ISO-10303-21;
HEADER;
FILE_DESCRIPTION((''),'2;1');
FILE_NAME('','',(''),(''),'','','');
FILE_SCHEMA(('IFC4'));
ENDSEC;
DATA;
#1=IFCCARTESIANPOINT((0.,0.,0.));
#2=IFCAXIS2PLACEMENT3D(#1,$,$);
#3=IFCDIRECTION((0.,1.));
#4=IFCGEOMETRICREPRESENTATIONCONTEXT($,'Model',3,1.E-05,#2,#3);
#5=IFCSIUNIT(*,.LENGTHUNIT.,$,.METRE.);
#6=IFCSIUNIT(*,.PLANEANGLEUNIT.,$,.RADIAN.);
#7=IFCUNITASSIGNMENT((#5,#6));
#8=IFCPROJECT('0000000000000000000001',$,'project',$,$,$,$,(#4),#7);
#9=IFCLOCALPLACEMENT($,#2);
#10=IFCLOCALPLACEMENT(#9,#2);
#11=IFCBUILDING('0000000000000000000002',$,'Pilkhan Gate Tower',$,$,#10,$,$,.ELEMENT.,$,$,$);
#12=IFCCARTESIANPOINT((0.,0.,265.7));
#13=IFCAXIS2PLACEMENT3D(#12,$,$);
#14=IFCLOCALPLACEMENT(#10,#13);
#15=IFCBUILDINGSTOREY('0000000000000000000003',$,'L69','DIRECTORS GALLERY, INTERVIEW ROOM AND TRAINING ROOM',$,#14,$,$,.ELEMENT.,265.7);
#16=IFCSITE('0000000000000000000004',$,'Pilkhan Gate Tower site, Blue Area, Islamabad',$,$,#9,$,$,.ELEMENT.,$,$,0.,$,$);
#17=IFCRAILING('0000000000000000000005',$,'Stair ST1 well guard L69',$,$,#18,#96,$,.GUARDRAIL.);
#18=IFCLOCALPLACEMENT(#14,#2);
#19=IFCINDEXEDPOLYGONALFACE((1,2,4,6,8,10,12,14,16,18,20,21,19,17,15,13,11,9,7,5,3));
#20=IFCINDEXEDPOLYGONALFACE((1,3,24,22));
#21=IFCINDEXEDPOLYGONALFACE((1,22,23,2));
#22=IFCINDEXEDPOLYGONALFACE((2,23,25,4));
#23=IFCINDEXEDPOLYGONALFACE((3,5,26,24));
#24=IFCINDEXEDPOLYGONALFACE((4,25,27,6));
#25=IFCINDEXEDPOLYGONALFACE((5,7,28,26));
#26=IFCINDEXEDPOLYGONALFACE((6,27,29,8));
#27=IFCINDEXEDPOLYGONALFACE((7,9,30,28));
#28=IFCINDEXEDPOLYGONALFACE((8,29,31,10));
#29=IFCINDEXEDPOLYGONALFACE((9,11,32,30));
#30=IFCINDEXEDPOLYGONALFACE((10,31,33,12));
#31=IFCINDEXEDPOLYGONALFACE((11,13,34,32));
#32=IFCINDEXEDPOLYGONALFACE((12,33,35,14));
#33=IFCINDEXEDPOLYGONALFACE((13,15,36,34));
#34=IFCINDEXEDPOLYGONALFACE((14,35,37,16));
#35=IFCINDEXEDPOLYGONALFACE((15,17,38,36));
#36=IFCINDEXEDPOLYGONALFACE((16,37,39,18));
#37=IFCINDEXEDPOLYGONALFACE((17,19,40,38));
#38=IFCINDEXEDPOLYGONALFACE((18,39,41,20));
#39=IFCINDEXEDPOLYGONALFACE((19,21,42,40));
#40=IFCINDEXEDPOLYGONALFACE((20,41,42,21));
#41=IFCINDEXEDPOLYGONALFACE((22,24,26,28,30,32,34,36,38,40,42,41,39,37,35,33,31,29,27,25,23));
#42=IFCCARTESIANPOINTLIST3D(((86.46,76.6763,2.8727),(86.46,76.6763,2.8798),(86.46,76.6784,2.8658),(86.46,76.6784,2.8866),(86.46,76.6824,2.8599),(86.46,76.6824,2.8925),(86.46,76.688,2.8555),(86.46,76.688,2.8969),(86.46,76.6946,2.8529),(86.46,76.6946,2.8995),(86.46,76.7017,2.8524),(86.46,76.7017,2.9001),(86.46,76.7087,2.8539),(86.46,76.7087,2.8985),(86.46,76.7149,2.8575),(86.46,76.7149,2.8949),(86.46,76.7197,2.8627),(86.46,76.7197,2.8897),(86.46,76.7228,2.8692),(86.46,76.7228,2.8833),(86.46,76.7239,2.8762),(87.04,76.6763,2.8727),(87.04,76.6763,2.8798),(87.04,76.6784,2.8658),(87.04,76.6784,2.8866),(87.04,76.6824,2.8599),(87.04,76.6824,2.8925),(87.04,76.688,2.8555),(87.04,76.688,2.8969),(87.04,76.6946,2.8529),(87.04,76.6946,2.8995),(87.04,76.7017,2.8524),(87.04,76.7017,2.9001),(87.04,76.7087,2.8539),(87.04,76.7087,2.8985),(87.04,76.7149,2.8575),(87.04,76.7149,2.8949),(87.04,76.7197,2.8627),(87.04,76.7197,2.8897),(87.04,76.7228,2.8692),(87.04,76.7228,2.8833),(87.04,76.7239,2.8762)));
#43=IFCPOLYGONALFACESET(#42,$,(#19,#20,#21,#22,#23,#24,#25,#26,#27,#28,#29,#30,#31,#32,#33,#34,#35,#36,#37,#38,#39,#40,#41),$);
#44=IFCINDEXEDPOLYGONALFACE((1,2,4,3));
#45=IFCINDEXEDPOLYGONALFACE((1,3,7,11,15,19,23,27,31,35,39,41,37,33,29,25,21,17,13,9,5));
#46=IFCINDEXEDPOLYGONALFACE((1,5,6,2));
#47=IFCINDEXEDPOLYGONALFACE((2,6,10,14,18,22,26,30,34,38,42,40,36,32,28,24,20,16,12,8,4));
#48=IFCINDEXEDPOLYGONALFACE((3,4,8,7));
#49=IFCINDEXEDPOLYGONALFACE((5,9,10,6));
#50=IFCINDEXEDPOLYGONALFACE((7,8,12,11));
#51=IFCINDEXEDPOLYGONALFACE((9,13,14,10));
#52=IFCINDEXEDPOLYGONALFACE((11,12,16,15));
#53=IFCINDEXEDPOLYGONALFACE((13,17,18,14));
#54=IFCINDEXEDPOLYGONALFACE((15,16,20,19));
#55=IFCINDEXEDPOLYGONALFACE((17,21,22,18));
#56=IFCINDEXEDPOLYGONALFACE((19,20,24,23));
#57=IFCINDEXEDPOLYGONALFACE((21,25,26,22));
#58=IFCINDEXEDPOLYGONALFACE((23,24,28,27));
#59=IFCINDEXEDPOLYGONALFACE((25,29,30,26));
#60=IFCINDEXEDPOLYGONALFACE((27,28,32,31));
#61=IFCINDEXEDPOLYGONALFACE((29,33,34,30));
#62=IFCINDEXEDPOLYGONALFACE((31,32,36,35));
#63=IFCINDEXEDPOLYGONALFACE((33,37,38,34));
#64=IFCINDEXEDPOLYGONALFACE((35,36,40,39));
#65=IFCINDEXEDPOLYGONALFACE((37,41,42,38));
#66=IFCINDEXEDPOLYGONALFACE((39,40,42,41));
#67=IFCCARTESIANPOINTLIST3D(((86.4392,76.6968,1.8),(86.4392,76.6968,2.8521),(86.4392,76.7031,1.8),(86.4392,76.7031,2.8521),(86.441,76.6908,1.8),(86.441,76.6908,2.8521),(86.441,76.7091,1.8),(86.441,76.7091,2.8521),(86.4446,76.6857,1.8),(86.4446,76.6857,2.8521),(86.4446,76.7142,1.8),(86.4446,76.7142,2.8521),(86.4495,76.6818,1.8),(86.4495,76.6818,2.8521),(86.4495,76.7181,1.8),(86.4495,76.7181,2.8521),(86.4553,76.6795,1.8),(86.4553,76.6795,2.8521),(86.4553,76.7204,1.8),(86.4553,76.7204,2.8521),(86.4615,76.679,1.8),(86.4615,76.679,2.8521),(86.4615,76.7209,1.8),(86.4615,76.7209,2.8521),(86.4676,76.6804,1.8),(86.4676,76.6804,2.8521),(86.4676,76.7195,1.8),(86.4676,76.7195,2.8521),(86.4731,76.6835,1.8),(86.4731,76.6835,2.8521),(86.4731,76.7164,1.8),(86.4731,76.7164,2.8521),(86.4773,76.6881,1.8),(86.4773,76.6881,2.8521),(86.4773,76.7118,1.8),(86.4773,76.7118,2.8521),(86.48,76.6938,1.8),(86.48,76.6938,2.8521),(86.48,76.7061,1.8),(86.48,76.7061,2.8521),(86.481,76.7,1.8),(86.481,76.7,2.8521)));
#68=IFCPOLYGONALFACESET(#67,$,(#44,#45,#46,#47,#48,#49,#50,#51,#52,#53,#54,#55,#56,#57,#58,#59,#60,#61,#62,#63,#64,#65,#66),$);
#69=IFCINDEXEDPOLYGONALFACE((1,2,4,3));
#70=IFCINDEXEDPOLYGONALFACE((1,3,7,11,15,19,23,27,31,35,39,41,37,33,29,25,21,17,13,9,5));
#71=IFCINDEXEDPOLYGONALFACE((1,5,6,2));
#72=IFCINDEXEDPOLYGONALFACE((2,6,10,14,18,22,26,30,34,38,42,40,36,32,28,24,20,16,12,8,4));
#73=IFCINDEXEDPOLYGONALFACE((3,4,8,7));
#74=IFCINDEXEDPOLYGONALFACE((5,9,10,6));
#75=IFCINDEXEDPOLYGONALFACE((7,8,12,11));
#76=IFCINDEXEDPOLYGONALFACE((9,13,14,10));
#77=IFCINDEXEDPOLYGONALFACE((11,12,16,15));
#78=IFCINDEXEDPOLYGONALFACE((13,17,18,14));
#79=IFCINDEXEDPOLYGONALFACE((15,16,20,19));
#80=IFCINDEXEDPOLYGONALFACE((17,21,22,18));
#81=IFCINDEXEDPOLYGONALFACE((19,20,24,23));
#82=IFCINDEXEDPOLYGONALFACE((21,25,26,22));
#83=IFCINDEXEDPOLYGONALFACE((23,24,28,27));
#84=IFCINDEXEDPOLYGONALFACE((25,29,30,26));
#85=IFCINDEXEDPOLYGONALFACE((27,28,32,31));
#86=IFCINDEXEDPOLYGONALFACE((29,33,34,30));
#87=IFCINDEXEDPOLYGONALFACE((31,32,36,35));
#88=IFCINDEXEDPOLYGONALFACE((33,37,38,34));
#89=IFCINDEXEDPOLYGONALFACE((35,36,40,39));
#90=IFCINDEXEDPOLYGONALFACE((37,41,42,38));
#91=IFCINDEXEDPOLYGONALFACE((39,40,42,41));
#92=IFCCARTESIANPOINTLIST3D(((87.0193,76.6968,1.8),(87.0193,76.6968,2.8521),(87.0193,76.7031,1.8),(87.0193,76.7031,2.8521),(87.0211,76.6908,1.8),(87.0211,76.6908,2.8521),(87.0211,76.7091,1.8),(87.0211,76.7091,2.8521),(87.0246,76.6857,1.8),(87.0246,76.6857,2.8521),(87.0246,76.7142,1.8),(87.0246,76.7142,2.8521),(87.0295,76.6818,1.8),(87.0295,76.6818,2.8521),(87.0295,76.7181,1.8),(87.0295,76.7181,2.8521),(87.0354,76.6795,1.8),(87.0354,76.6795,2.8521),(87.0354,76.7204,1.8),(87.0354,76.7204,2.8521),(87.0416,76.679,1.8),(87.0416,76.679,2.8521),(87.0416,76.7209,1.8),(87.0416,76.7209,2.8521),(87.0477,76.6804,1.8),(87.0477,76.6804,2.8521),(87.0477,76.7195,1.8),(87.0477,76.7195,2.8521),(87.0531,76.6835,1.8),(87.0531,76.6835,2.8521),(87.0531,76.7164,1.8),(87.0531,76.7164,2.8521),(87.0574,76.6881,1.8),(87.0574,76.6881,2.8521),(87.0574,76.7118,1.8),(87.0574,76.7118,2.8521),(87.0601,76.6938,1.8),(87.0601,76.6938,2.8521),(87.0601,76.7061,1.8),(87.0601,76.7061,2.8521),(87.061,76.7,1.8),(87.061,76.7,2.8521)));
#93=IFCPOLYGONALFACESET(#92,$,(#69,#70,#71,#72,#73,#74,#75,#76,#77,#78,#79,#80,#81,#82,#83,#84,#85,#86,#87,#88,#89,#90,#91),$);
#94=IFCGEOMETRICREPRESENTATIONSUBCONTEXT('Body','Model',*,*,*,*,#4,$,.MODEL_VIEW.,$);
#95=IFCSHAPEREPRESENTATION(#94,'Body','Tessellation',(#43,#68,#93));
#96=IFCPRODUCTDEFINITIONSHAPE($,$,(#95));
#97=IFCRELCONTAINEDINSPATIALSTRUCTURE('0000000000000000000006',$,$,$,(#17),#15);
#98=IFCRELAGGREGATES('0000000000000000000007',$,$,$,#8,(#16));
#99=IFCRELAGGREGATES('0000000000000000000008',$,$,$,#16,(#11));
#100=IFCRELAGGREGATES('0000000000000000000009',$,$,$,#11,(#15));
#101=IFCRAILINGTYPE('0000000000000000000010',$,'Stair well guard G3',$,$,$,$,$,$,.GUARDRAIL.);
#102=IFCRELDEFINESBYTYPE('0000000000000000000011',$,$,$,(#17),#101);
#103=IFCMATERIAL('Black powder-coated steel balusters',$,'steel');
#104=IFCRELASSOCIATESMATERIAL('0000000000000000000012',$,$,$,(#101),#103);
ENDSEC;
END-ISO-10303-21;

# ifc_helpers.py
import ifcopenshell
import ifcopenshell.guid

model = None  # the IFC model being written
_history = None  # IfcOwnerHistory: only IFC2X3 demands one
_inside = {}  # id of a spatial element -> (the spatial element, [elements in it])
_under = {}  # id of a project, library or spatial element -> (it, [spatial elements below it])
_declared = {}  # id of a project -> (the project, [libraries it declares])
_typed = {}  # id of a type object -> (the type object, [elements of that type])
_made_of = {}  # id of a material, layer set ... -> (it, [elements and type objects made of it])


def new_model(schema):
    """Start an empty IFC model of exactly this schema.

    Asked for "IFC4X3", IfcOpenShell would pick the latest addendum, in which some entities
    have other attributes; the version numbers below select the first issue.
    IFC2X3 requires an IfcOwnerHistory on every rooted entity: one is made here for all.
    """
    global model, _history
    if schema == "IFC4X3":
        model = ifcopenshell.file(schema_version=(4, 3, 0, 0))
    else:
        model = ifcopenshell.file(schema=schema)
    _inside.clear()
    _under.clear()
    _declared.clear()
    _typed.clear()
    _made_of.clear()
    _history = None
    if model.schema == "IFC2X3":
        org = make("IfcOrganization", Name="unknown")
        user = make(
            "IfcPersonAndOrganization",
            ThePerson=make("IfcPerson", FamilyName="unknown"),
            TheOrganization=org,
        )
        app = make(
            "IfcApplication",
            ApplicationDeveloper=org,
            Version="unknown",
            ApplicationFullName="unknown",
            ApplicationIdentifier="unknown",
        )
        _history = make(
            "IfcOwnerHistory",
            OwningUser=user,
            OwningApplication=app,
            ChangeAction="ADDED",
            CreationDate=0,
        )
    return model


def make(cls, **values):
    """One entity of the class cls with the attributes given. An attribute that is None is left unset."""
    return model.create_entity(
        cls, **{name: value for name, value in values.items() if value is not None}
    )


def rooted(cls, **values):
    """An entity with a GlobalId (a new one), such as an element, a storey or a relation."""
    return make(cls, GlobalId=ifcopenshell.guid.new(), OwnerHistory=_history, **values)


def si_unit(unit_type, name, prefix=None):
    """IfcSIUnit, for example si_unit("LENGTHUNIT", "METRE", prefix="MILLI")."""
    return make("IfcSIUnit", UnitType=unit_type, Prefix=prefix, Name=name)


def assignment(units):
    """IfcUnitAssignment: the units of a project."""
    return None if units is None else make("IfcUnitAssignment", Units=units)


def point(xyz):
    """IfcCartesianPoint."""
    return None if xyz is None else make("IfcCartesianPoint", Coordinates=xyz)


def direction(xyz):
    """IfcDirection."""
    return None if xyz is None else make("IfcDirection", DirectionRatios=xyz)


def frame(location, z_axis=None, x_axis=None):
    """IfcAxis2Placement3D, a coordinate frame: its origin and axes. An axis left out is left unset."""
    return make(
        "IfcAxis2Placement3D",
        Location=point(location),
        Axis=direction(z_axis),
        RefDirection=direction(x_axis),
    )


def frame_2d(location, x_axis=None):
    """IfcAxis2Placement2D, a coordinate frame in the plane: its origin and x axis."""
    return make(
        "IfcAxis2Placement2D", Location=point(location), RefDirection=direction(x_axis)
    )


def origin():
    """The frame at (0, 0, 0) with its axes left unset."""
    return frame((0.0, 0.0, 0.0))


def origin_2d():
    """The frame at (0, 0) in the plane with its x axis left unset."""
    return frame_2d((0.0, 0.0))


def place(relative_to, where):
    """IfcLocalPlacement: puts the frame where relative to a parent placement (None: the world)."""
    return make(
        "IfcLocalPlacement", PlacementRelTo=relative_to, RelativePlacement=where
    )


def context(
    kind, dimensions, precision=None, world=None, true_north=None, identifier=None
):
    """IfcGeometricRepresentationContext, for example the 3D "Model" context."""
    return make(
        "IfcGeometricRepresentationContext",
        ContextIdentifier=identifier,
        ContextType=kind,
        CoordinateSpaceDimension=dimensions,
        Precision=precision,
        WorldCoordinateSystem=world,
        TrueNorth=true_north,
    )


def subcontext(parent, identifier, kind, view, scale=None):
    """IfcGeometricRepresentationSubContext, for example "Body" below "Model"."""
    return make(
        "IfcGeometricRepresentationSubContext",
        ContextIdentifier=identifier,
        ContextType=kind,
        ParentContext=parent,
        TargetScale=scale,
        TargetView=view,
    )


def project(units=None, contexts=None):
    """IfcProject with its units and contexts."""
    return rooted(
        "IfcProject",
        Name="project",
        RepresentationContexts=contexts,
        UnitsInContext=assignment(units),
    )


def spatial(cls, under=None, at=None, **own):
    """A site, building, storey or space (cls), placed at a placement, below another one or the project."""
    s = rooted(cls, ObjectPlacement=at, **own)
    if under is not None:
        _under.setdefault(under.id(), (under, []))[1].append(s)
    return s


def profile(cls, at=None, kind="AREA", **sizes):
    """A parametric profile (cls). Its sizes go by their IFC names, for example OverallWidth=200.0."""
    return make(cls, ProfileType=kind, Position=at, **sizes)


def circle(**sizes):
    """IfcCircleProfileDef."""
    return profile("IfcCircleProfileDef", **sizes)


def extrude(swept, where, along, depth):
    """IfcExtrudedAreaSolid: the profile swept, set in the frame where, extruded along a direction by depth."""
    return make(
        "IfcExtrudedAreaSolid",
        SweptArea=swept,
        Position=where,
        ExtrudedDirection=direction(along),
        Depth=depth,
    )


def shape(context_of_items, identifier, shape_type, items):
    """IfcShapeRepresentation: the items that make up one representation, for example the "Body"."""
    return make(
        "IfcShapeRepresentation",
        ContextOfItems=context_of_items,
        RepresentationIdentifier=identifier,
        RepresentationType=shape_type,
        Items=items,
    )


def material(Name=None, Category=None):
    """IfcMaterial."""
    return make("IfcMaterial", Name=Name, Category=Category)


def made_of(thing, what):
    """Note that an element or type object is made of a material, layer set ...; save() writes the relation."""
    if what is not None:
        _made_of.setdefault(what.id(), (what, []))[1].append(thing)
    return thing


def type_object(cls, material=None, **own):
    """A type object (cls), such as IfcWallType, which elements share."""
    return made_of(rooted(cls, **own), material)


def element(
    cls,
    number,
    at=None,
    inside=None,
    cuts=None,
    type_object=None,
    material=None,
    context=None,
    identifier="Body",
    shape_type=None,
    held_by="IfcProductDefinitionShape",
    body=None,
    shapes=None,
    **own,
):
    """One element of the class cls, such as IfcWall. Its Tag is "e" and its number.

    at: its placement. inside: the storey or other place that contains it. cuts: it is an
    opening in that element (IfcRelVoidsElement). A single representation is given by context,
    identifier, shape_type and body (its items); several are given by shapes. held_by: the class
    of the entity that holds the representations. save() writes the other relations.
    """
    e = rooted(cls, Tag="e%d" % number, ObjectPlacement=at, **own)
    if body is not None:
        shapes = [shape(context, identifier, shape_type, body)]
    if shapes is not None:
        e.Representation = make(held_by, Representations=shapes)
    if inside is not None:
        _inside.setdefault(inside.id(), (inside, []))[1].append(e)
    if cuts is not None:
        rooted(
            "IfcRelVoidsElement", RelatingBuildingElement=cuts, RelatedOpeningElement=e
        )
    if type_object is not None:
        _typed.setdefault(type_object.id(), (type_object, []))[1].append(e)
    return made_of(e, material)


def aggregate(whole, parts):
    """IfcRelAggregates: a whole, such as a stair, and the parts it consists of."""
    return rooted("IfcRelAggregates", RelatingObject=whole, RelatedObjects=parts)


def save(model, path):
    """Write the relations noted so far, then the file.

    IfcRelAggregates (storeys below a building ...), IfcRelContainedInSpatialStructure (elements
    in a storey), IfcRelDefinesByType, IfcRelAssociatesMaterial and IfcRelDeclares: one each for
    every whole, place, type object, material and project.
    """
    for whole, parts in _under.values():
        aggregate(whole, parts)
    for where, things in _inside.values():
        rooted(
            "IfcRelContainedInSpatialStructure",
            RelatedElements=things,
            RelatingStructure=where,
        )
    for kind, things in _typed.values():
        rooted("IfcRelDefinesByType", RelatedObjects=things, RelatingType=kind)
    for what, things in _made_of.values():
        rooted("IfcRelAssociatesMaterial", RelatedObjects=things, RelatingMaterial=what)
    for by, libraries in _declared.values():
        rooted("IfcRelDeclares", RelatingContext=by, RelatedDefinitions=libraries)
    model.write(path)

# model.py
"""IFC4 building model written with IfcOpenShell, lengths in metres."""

from ifc_helpers import new_model, si_unit, direction, frame, origin, origin_2d, place, context, subcontext, project, spatial, circle, extrude, material, type_object, element, save


model = new_model("IFC4")

# Units and contexts
model_context = context("Model", 3, precision=1e-05, world=origin(), true_north=direction((0.0, 1.0)))
body_context = subcontext(model_context, "Body", "Model", "MODEL_VIEW")
ifc_project = project(units=[si_unit("LENGTHUNIT", "METRE"), si_unit("PLANEANGLEUNIT", "RADIAN")], contexts=[model_context])

# Site, building, storey
site_placement = place(None, origin())
site = spatial("IfcSite", under=ifc_project, at=site_placement, Name="Pilkhan Gate Tower site, Blue Area, Islamabad", CompositionType="ELEMENT", RefElevation=0.0)
building_placement = place(site_placement, origin())
building = spatial("IfcBuilding", under=site, at=building_placement, Name="Pilkhan Gate Tower", CompositionType="ELEMENT")
storey_placement = place(building_placement, frame((0.0, 0.0, 265.7)))
storey = spatial("IfcBuildingStorey", under=building, at=storey_placement, Name="L69", Description="DIRECTORS GALLERY, INTERVIEW ROOM AND TRAINING ROOM", CompositionType="ELEMENT", Elevation=265.7)

# Railing
ifc_material_1 = material(Name="Black powder-coated steel balusters", Category="steel")
railing_type_1 = type_object("IfcRailingType", Name="Stair well guard G3", PredefinedType="GUARDRAIL", material=ifc_material_1)
for number, where, name in (
    (1, (86.46, 76.7, 1.8), "Stair ST1 well guard L69"),
):
    element("IfcRailing", number, at=place(storey_placement, frame(where)), inside=storey, type_object=railing_type_1, Name=name, PredefinedType="GUARDRAIL", context=body_context, shape_type="SweptSolid", body=[
        extrude(circle(Radius=0.0239, at=origin_2d()), frame((0.0, 0.0, 1.0762), z_axis=(1.0, 0.0, 0.0), x_axis=(0.0, 1.0, 0.0)), (0.0, 0.0, 1.0), 0.5801),
        extrude(circle(Radius=0.021, at=origin_2d()), origin(), (0.0, 0.0, 1.0), 1.052),
        extrude(circle(Radius=0.021, at=origin_2d()), frame((0.5801, 0.0, 0.0)), (0.0, 0.0, 1.0), 1.052),
    ])

save(model, "model.ifc")
